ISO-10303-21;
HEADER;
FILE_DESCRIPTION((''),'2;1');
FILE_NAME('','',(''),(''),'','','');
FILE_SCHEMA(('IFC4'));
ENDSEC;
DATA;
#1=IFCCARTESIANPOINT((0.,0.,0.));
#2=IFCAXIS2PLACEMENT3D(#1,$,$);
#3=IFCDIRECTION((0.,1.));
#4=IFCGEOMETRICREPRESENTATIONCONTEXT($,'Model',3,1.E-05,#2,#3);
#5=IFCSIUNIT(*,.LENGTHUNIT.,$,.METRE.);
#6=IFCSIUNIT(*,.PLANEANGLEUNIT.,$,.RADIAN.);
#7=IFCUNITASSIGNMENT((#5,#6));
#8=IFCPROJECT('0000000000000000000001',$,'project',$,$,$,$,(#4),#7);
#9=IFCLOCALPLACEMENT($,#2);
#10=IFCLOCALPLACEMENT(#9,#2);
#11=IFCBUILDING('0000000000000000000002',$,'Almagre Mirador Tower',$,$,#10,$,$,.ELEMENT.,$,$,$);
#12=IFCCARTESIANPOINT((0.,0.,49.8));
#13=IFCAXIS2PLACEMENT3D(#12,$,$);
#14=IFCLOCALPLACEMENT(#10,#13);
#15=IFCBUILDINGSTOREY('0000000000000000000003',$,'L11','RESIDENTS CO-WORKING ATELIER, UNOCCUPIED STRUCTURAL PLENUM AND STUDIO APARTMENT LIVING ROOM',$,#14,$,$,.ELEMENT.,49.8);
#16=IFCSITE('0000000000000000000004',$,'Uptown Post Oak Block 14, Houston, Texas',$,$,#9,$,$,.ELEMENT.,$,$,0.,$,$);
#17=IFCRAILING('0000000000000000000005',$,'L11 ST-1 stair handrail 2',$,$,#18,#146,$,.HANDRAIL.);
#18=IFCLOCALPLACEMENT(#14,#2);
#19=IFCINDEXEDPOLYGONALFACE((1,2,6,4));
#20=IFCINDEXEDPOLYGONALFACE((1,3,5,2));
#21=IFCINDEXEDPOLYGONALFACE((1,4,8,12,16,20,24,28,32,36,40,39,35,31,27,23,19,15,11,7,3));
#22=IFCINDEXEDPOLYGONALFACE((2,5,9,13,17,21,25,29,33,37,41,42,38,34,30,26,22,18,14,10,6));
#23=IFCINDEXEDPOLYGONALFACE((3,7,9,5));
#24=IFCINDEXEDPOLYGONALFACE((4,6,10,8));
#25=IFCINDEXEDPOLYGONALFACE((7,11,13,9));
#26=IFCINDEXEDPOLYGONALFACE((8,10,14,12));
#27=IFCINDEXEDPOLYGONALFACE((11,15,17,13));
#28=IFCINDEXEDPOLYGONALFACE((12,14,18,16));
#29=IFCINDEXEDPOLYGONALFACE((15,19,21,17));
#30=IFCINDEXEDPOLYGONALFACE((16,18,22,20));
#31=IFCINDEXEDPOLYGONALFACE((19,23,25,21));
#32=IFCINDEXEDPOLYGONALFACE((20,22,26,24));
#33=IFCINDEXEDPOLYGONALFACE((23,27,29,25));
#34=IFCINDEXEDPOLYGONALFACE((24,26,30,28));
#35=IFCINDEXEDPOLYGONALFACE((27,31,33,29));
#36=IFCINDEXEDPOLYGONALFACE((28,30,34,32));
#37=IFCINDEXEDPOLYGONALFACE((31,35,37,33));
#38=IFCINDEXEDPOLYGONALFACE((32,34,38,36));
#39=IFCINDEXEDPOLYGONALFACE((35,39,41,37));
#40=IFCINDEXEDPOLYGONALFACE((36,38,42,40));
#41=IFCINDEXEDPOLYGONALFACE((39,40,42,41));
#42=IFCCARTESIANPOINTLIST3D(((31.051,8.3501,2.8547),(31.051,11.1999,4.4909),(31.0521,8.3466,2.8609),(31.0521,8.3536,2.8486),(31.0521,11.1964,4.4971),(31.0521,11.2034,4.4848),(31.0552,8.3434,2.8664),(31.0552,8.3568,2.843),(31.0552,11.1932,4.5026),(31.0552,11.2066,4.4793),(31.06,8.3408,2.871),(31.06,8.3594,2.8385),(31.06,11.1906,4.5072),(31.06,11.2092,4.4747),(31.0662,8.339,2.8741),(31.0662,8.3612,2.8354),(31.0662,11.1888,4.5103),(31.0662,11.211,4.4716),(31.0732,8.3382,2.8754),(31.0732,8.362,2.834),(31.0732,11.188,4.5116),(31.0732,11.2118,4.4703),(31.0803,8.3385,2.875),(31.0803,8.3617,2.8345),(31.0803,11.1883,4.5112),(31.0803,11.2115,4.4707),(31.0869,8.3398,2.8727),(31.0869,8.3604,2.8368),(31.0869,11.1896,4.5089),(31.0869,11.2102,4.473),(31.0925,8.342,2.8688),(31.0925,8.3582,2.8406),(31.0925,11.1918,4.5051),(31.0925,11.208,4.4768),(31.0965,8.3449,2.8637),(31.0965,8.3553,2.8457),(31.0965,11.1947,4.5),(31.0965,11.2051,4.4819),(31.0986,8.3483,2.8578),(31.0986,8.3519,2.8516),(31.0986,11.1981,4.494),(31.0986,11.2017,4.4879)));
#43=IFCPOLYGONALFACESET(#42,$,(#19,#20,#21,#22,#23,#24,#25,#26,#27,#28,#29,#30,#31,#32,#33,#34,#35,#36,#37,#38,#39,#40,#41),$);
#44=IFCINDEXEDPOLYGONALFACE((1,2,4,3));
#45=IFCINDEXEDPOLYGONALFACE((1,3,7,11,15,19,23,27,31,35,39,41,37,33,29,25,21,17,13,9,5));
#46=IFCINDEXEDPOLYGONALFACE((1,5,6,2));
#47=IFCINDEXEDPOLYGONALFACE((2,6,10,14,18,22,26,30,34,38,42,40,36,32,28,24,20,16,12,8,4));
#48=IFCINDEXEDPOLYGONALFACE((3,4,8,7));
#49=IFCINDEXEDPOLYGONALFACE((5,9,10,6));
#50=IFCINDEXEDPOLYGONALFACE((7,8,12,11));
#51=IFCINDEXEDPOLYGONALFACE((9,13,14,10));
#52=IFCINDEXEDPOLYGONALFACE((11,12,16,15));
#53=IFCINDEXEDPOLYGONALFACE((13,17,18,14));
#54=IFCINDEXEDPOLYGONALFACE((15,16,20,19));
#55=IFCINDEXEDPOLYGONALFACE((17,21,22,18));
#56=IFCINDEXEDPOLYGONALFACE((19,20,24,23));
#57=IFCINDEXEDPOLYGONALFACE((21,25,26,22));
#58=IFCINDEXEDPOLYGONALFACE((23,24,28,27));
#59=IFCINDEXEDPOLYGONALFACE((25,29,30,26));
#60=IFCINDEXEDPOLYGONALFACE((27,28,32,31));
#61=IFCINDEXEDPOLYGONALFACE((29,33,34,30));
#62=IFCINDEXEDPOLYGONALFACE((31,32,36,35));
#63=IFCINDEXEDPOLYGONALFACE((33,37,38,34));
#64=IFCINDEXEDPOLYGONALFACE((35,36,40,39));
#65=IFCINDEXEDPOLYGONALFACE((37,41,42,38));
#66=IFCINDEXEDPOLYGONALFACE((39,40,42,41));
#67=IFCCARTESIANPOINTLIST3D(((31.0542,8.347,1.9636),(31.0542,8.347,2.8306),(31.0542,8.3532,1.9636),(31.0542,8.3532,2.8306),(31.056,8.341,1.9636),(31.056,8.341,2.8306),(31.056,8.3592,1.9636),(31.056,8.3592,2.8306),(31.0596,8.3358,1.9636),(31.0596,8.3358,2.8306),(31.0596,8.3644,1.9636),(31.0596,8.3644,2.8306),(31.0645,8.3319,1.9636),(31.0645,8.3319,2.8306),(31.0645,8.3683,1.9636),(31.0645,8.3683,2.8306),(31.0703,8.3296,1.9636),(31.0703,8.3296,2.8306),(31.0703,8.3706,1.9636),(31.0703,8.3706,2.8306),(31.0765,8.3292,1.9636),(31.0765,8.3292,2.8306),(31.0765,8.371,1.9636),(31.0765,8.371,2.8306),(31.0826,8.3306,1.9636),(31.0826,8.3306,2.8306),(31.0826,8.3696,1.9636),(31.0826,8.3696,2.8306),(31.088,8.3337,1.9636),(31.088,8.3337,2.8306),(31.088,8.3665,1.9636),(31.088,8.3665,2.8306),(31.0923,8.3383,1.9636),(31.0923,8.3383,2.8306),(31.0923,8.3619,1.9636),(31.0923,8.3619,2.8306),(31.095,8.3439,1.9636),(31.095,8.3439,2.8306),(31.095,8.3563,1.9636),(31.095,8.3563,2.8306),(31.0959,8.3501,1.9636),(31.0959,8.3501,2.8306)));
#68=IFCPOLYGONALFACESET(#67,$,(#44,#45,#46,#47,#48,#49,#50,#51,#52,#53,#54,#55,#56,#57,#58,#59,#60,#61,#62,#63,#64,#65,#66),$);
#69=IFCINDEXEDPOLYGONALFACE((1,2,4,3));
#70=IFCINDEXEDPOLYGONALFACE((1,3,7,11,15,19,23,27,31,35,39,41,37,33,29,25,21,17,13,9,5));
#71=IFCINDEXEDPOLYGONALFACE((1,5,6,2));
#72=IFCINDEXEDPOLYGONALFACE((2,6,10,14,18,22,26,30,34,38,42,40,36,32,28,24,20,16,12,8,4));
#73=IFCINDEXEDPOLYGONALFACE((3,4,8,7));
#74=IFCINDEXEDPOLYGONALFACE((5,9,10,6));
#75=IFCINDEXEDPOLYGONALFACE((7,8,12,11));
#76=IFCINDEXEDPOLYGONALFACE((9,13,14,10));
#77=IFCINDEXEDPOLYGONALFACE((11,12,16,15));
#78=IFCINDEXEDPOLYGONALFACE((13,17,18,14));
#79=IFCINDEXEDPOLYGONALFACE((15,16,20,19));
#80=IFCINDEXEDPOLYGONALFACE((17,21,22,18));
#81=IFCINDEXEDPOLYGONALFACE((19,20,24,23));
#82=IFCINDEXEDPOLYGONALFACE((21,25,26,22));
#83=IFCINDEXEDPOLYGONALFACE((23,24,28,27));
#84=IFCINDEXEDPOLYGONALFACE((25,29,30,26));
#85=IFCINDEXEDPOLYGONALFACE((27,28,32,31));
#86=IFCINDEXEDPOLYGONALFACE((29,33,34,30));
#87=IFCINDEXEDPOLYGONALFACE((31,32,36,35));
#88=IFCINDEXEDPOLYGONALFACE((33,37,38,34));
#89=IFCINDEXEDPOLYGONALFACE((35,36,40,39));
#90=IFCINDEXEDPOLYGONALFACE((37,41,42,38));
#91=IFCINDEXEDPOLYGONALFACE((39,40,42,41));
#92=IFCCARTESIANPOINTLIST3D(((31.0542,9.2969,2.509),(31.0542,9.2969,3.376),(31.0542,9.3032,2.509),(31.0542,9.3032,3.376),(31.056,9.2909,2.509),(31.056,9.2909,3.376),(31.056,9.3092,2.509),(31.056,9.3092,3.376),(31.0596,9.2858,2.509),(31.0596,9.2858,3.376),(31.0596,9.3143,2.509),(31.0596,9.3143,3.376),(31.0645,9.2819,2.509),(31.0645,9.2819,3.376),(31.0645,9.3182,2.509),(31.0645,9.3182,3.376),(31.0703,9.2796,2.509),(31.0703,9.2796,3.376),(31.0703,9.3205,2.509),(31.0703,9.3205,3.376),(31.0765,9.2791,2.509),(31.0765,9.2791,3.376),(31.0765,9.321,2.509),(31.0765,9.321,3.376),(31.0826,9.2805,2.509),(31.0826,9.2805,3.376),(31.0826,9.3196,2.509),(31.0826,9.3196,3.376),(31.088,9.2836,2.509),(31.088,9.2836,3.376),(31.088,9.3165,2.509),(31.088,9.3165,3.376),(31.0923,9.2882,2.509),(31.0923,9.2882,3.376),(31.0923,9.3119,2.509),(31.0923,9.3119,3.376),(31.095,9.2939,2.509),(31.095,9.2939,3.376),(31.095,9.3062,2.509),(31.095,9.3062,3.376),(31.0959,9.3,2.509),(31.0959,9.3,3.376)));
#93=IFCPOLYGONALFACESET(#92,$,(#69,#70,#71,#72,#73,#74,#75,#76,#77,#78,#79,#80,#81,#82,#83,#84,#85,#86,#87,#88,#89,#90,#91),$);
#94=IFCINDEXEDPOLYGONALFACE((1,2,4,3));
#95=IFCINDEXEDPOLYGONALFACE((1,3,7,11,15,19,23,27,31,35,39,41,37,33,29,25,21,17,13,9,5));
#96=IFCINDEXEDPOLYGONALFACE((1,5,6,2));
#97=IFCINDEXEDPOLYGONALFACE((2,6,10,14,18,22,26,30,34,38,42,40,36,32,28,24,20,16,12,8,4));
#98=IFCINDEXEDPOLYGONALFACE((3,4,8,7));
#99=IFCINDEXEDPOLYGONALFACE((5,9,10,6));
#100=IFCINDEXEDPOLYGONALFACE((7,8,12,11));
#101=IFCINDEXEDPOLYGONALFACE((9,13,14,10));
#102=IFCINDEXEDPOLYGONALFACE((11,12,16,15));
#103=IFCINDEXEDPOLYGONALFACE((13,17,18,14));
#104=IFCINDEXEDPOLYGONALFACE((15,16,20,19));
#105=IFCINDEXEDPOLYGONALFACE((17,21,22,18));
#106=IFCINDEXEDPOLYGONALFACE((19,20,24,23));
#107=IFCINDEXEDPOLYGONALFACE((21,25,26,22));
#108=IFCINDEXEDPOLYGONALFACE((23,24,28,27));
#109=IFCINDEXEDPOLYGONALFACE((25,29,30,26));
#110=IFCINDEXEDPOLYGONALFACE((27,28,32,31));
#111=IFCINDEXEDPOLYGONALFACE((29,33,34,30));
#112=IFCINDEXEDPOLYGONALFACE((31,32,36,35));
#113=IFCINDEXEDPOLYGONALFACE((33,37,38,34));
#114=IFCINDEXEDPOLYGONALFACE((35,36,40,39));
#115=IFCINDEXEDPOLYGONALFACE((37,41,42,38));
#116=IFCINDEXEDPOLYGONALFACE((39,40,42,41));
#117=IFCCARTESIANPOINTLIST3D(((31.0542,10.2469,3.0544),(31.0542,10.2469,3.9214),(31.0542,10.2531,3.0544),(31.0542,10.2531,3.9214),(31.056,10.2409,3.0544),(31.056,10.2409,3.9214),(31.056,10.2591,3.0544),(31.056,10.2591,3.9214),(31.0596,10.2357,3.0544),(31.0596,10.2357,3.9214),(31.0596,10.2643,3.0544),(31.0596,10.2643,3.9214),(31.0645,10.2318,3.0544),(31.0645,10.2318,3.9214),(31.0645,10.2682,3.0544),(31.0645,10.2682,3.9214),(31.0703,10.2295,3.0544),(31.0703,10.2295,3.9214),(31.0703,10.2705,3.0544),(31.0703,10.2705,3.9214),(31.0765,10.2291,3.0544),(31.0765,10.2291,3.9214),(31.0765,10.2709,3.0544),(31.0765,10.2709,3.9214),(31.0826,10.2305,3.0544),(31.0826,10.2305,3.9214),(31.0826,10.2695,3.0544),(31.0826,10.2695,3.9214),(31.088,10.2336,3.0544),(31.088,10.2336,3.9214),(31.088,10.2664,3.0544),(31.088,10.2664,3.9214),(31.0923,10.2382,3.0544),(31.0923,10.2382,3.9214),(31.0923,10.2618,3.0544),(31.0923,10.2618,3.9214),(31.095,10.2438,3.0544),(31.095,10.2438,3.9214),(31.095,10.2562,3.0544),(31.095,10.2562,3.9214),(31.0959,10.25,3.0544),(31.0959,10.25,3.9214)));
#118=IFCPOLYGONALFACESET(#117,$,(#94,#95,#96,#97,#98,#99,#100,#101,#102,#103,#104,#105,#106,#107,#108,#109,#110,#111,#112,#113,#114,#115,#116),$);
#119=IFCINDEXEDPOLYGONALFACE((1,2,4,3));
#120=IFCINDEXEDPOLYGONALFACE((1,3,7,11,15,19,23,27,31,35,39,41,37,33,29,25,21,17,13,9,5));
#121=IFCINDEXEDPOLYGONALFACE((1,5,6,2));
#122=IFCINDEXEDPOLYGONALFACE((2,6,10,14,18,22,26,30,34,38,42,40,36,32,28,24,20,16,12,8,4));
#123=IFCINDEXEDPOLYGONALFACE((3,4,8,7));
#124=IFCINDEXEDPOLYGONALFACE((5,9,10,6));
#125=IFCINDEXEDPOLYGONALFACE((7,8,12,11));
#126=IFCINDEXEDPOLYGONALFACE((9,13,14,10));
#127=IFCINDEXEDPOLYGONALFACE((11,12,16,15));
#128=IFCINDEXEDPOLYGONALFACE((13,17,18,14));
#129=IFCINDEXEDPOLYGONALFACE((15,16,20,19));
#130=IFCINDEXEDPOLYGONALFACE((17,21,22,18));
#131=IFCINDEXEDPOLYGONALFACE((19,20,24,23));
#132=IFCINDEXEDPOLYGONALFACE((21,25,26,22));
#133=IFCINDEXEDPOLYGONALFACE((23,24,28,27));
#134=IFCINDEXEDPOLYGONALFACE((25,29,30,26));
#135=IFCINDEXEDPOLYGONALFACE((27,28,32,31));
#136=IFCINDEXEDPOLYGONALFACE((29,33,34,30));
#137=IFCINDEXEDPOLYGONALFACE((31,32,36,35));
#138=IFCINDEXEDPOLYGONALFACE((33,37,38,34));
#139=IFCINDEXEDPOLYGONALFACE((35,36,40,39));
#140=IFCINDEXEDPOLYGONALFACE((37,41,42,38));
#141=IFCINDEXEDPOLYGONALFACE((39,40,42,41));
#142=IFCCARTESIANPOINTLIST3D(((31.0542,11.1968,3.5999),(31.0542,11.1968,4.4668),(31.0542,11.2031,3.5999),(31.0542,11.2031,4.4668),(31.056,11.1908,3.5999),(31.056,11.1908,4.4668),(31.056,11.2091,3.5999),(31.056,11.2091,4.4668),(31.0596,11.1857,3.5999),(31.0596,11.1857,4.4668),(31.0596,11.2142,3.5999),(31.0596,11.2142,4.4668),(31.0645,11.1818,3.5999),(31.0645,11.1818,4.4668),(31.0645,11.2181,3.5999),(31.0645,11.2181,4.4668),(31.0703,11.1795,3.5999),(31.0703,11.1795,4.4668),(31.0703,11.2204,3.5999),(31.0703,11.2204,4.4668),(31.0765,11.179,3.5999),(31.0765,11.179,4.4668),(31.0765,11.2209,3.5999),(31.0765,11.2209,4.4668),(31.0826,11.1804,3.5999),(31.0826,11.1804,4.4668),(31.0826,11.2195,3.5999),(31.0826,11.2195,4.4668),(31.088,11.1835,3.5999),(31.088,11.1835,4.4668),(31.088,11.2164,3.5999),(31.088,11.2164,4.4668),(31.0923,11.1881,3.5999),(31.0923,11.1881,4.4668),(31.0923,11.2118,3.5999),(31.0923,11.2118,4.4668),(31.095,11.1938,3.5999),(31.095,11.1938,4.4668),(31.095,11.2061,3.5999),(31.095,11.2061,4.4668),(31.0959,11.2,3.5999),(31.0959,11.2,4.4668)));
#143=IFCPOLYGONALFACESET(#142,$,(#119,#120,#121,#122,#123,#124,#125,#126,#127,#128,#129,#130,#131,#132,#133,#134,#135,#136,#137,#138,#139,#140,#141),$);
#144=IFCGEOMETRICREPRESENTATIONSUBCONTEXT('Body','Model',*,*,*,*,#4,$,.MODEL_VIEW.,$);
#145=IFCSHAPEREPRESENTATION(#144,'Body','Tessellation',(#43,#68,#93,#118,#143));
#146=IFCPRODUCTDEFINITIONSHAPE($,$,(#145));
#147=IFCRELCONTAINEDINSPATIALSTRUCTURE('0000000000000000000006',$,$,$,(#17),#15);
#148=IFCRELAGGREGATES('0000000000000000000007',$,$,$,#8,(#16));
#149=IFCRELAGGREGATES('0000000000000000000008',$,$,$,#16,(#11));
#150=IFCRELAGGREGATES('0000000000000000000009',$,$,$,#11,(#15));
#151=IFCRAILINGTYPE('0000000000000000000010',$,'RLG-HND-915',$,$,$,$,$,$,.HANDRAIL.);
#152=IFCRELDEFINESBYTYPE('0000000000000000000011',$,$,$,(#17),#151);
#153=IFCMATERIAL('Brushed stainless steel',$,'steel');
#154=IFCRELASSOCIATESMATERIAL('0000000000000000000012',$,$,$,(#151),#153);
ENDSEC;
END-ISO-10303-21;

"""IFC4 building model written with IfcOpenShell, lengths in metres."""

from ifc_helpers import new_model, si_unit, direction, frame, origin, origin_2d, place, context, subcontext, project, spatial, circle, extrude, material, type_object, element, save


model = new_model("IFC4")

# Units and contexts
model_context = context("Model", 3, precision=1e-05, world=origin(), true_north=direction((0.0, 1.0)))
body_context = subcontext(model_context, "Body", "Model", "MODEL_VIEW")
ifc_project = project(units=[si_unit("LENGTHUNIT", "METRE"), si_unit("PLANEANGLEUNIT", "RADIAN")], contexts=[model_context])

# Site, building, storey
site_placement = place(None, origin())
site = spatial("IfcSite", under=ifc_project, at=site_placement, Name="Uptown Post Oak Block 14, Houston, Texas", CompositionType="ELEMENT", RefElevation=0.0)
building_placement = place(site_placement, origin())
building = spatial("IfcBuilding", under=site, at=building_placement, Name="Almagre Mirador Tower", CompositionType="ELEMENT")
storey_placement = place(building_placement, frame((0.0, 0.0, 49.8)))
storey = spatial("IfcBuildingStorey", under=building, at=storey_placement, Name="L11", Description="RESIDENTS CO-WORKING ATELIER, UNOCCUPIED STRUCTURAL PLENUM AND STUDIO APARTMENT LIVING ROOM", CompositionType="ELEMENT", Elevation=49.8)

# Railing
ifc_material_1 = material(Name="Brushed stainless steel", Category="steel")
railing_type_1 = type_object("IfcRailingType", Name="RLG-HND-915", PredefinedType="HANDRAIL", material=ifc_material_1)
railing_1_placement = place(storey_placement, frame((31.075, 8.3501, 1.9636)))
element("IfcRailing", 1, at=railing_1_placement, inside=storey, type_object=railing_type_1, Name="L11 ST-1 stair handrail 2", PredefinedType="HANDRAIL", context=body_context, shape_type="SweptSolid", body=[
    extrude(circle(Radius=0.0239, at=origin_2d()), frame((0.0, 0.0, 0.8911), z_axis=(0.0, 0.867226, 0.497914), x_axis=(-1.0, 0.0, 0.0)), (0.0, 0.0, 1.0), 3.2861),
    extrude(circle(Radius=0.021, at=origin_2d()), origin(), (0.0, 0.0, 1.0), 0.8669),
    extrude(circle(Radius=0.021, at=origin_2d()), frame((0.0, 0.95, 0.5454)), (0.0, 0.0, 1.0), 0.8669),
    extrude(circle(Radius=0.021, at=origin_2d()), frame((0.0, 1.8999, 1.0908)), (0.0, 0.0, 1.0), 0.8669),
    extrude(circle(Radius=0.021, at=origin_2d()), frame((0.0, 2.8499, 1.6362)), (0.0, 0.0, 1.0), 0.8669),
])

save(model, "model.ifc")
